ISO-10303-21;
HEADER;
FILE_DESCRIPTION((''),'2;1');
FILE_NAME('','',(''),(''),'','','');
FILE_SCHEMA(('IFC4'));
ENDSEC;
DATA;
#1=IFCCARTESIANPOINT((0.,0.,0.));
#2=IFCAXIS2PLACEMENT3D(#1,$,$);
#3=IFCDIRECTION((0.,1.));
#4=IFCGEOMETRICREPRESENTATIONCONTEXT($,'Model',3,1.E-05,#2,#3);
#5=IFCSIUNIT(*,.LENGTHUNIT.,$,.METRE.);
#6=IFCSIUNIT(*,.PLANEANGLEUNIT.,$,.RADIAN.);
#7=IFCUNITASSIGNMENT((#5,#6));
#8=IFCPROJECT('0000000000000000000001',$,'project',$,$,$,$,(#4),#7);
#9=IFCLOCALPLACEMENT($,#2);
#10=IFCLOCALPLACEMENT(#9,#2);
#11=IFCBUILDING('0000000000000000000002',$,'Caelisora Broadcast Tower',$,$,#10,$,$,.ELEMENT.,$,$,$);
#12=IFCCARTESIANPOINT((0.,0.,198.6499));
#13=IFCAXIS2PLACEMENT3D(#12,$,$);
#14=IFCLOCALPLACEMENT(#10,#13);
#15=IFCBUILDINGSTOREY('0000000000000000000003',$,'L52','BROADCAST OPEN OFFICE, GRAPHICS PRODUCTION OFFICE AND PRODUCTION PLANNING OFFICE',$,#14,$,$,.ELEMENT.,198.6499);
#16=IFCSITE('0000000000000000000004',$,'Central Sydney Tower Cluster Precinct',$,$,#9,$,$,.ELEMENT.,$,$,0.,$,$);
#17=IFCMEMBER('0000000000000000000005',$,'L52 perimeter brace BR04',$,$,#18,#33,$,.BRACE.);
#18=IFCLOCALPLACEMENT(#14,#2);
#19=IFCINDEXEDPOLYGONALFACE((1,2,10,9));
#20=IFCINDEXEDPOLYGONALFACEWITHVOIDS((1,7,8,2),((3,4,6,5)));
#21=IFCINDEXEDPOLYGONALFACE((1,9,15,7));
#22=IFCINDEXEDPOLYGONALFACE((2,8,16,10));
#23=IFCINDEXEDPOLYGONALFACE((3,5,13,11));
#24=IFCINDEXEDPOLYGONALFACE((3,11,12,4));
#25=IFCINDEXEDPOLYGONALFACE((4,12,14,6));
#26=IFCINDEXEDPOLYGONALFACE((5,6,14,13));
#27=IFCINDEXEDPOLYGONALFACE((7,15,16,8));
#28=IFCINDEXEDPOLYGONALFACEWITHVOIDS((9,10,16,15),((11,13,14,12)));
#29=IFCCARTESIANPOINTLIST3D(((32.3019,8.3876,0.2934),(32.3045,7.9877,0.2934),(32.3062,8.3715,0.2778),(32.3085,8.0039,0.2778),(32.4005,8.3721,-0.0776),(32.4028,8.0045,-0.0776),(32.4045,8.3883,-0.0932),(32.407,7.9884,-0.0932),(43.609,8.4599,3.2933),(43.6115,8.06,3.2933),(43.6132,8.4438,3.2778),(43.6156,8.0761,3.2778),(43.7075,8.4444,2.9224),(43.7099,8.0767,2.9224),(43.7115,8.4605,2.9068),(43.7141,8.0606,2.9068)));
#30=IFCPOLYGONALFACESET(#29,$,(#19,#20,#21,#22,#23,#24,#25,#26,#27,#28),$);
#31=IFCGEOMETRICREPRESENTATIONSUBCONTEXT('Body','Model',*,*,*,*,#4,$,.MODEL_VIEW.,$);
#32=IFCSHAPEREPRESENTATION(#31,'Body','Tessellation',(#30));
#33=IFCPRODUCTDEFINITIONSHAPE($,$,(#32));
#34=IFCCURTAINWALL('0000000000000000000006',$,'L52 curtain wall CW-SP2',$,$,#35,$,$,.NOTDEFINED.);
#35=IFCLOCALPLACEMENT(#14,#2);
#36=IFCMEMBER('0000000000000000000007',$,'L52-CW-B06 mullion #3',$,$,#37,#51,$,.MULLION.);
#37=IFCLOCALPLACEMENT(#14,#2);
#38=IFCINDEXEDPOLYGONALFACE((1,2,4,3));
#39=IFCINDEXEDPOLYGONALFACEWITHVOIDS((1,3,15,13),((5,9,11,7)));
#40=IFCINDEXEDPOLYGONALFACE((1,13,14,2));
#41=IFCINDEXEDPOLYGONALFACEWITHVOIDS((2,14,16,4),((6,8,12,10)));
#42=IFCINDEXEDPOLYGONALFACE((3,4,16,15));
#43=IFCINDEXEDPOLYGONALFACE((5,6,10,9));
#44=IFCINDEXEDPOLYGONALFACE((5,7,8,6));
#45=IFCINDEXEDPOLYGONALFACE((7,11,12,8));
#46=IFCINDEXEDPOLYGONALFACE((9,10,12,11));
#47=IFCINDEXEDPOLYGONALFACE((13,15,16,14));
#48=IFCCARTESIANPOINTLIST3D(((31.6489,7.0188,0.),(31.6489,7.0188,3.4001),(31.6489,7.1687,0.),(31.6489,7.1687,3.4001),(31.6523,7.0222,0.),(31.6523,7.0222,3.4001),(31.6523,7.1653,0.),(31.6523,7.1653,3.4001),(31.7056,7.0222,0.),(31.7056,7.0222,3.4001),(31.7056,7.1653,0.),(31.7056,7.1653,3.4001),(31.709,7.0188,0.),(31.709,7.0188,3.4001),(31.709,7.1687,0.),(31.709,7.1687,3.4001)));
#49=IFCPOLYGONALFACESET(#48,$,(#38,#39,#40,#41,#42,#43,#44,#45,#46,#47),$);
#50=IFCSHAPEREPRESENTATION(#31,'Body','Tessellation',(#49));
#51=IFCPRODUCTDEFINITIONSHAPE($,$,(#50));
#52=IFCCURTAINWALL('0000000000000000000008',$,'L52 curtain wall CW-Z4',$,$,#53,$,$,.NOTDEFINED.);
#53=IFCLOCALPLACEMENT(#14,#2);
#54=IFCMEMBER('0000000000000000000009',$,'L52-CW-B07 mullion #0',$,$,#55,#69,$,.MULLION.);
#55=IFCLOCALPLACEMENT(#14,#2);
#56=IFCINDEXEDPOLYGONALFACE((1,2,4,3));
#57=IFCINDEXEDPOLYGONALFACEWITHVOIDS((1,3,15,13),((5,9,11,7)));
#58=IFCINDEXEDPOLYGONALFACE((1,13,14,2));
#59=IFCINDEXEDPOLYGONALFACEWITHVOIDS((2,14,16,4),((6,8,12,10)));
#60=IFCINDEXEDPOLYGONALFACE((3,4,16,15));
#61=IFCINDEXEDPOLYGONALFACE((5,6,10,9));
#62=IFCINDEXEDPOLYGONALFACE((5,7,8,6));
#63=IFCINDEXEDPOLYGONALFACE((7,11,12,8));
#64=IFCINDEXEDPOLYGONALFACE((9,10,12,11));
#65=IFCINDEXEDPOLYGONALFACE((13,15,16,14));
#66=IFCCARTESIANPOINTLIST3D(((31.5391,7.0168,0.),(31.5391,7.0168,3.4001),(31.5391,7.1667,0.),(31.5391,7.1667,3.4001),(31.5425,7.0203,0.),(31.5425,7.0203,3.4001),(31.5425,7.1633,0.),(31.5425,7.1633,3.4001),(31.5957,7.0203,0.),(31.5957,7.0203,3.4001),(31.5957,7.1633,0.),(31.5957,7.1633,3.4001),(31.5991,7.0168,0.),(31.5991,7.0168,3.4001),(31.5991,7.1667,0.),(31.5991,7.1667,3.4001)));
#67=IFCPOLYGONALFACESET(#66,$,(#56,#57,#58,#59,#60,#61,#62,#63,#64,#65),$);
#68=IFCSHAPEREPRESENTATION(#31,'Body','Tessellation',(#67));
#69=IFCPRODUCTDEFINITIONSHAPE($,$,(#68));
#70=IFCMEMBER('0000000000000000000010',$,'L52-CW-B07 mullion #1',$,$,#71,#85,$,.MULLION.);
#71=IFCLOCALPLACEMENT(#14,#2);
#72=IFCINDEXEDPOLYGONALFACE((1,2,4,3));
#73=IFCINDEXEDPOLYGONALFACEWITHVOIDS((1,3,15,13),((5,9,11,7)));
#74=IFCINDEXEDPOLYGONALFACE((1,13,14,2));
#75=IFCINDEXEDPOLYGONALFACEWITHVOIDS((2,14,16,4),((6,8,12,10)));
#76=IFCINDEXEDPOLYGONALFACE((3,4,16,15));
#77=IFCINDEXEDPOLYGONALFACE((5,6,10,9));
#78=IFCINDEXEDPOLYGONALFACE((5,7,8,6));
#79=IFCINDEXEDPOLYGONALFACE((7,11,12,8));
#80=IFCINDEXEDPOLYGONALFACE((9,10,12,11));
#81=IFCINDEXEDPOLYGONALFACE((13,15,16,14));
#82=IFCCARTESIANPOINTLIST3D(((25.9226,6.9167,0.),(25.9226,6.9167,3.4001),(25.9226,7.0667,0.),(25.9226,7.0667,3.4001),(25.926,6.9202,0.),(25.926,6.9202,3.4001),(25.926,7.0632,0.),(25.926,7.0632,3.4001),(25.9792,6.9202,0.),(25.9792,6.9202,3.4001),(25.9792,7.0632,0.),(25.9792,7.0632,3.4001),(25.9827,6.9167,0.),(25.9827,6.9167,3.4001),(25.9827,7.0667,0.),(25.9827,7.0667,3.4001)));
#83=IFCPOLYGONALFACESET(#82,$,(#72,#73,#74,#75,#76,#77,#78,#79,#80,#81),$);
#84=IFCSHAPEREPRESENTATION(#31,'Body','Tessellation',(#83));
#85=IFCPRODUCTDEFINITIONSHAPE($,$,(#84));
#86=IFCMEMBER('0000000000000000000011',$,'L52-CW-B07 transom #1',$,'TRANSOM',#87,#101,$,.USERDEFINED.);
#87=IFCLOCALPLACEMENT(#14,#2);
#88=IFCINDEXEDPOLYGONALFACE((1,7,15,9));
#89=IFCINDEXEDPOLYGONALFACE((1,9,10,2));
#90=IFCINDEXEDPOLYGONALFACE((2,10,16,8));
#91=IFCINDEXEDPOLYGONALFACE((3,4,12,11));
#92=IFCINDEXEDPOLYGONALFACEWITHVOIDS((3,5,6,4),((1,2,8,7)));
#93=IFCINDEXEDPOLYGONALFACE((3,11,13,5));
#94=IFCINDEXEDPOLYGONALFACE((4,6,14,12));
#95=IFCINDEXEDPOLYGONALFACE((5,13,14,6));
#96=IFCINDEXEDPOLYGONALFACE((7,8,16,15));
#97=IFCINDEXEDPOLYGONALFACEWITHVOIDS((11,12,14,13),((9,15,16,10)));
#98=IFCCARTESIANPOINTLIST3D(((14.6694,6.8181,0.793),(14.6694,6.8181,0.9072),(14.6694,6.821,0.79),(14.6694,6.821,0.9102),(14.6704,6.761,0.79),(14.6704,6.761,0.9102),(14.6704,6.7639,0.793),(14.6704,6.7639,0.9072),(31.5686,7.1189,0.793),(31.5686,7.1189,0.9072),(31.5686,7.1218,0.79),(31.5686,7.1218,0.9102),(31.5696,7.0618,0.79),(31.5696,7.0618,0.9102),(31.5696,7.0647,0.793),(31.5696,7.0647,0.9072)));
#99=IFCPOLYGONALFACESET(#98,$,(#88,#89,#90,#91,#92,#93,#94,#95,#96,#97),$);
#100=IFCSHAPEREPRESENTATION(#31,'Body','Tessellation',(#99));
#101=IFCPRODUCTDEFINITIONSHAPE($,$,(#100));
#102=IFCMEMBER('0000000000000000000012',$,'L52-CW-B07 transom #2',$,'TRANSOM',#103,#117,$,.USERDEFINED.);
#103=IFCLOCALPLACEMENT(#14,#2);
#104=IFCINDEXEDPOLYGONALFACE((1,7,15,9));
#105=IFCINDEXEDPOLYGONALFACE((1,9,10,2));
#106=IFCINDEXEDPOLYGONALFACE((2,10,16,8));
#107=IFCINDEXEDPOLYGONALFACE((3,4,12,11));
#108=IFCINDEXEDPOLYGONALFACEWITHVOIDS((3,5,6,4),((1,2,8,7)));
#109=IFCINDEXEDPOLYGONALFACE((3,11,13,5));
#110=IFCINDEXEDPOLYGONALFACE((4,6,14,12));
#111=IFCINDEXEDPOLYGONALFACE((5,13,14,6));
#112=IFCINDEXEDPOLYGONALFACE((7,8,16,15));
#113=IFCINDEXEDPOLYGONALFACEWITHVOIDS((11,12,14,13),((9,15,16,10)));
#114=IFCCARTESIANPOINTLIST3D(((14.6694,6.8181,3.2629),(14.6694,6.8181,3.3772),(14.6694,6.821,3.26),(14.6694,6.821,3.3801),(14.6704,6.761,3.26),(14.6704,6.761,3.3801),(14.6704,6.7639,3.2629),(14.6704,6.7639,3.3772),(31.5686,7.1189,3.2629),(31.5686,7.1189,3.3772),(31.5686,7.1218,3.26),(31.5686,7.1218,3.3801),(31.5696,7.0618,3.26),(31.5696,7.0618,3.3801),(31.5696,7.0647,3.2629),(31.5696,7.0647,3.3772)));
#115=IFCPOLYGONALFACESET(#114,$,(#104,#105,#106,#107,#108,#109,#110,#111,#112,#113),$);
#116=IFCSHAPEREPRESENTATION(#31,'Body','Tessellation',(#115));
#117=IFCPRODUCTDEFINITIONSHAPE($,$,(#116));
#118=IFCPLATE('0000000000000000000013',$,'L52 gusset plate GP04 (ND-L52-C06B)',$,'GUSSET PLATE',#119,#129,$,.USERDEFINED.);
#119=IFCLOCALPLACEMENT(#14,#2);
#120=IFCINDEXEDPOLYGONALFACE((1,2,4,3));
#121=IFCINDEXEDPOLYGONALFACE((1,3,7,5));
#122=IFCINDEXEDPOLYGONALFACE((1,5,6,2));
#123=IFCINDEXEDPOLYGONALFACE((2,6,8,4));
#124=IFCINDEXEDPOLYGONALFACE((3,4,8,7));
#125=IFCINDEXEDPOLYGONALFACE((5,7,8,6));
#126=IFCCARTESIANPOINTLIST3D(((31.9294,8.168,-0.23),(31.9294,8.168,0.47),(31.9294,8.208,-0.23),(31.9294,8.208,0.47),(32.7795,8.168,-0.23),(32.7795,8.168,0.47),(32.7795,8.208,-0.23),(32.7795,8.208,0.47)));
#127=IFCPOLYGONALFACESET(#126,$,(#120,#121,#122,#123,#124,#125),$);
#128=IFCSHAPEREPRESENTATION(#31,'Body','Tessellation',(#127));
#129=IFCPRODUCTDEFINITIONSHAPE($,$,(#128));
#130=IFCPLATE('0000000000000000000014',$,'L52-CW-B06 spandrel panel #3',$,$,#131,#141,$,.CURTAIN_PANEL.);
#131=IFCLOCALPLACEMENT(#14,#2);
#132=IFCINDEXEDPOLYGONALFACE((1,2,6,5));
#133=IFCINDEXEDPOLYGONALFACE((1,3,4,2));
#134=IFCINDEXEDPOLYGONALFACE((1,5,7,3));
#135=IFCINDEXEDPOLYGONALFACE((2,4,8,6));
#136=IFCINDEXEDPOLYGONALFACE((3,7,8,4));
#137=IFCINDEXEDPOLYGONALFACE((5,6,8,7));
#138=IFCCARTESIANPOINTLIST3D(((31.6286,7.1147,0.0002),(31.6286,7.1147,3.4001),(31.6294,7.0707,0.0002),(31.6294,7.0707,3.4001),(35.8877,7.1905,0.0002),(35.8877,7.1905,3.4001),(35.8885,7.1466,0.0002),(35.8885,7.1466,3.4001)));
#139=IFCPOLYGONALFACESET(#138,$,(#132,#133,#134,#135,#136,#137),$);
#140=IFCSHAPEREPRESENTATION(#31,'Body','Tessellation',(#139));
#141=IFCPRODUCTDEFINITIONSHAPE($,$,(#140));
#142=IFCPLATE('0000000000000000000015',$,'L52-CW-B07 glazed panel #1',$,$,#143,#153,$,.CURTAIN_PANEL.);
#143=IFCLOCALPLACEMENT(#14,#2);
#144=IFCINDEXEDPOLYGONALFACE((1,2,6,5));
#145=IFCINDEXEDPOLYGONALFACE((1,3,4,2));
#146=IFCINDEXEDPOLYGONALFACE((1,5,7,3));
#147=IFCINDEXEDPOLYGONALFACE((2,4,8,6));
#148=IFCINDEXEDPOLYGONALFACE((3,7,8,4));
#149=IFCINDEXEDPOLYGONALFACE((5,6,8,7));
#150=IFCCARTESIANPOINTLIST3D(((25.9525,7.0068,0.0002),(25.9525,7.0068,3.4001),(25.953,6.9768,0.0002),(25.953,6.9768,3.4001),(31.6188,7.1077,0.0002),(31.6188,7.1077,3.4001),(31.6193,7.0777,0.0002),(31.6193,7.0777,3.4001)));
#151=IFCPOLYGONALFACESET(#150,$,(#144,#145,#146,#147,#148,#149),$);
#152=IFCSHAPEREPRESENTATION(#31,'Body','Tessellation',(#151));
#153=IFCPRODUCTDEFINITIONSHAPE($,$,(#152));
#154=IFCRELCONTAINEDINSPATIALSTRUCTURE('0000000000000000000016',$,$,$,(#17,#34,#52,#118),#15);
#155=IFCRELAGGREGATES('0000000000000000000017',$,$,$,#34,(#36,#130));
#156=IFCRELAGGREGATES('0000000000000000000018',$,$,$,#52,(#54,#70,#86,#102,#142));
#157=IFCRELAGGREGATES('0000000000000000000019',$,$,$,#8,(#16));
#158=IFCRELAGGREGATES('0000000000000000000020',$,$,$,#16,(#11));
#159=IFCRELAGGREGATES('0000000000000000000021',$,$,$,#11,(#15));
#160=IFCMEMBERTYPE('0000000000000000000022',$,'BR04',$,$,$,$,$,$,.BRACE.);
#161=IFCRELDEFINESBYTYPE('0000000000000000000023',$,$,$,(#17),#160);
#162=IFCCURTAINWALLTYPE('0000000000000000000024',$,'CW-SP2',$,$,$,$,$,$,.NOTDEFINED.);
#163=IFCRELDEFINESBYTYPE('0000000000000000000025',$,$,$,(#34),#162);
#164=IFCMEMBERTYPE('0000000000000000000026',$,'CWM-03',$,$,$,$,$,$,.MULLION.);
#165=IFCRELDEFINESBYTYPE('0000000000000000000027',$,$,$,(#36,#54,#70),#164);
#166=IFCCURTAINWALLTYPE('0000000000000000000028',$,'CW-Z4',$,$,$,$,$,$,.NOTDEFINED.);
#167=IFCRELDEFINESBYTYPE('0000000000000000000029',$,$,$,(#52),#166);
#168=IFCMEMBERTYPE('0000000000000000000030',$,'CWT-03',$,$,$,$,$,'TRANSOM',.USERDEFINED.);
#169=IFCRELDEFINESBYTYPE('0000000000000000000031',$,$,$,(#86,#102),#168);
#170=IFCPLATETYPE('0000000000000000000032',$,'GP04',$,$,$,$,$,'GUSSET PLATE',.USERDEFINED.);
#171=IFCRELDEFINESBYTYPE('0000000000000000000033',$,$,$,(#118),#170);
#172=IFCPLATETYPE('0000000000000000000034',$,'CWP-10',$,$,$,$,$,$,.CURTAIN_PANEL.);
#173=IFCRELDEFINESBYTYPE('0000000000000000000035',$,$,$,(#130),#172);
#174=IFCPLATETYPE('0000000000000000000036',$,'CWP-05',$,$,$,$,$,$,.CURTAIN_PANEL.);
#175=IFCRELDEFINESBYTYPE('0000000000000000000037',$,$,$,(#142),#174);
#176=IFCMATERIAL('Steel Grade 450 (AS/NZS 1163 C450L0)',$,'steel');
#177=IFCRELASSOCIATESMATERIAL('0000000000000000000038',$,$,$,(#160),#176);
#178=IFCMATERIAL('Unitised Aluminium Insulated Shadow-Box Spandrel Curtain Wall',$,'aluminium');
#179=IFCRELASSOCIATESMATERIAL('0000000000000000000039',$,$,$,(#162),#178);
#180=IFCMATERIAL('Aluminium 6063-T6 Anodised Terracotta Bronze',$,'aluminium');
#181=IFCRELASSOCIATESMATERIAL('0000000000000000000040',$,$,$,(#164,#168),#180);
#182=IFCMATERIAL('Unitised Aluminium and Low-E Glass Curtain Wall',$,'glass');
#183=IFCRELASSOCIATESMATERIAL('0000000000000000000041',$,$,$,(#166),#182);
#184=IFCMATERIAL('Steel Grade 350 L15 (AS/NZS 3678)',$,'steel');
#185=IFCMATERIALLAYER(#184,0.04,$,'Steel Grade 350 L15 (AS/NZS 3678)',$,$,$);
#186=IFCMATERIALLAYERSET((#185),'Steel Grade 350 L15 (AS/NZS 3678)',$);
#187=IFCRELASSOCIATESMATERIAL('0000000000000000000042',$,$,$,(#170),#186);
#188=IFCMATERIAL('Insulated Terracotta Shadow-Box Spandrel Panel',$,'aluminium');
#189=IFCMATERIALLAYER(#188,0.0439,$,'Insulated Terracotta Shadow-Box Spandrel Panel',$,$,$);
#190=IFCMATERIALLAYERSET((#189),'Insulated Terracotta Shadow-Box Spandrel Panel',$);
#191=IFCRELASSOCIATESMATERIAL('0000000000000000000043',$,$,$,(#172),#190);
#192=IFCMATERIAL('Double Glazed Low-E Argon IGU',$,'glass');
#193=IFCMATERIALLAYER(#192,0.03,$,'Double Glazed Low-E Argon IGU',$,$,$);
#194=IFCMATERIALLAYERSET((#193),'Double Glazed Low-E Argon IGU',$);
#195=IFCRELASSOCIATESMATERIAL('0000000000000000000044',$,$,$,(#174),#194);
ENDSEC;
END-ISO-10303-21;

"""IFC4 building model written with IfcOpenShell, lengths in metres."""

from ifc_helpers import new_model, si_unit, direction, frame, origin, origin_2d, place, context, subcontext, project, spatial, rectangle, hollow_rectangle, extrude, source, transform, mapped, material, layer, layer_set, material_profile, profile_set, type_object, type_shapes, element, aggregate, save


model = new_model("IFC4")

# Units and contexts
model_context = context("Model", 3, precision=1e-05, world=origin(), true_north=direction((0.0, 1.0)))
body_context = subcontext(model_context, "Body", "Model", "MODEL_VIEW")
ifc_project = project(units=[si_unit("LENGTHUNIT", "METRE"), si_unit("PLANEANGLEUNIT", "RADIAN")], contexts=[model_context])

# Site, building, storey
site_placement = place(None, origin())
site = spatial("IfcSite", under=ifc_project, at=site_placement, Name="Central Sydney Tower Cluster Precinct", CompositionType="ELEMENT", RefElevation=0.0)
building_placement = place(site_placement, origin())
building = spatial("IfcBuilding", under=site, at=building_placement, Name="Caelisora Broadcast Tower", CompositionType="ELEMENT")
storey_placement = place(building_placement, frame((0.0, 0.0, 198.6499)))
storey = spatial("IfcBuildingStorey", under=building, at=storey_placement, Name="L52", Description="BROADCAST OPEN OFFICE, GRAPHICS PRODUCTION OFFICE AND PRODUCTION PLANNING OFFICE", CompositionType="ELEMENT", Elevation=198.6499)

# Shared definitions
ifc_material_1 = material(Name="Steel Grade 350 L15 (AS/NZS 3678)", Category="steel")

# Member
ifc_material_2 = material(Name="Steel Grade 450 (AS/NZS 1163 C450L0)", Category="steel")
ifc_material_profile_1 = material_profile(ifc_material_2, hollow_rectangle(XDim=0.3999, YDim=0.3999, WallThickness=0.0161, at=origin_2d()), Name="Steel Grade 450 (AS/NZS 1163 C450L0)")
ifc_profile_set_1 = profile_set([ifc_material_profile_1], Name="Steel Grade 450 (AS/NZS 1163 C450L0)")
member_type_1 = type_object("IfcMemberType", Name="BR04", PredefinedType="BRACE", material=ifc_profile_set_1)
shared_shape_1 = source(origin(), body_context, "Body", "SweptSolid", [
    extrude(hollow_rectangle(XDim=0.3999, YDim=0.3999, WallThickness=0.0161, at=origin_2d()), origin(), (0.0, 0.0, 1.0), 11.6985),
])
type_shapes(member_type_1, [shared_shape_1])
member_1_placement = place(storey_placement, frame((32.3545, 8.188, 0.1001), z_axis=(0.96654, 0.006177, 0.256442), x_axis=(-0.006391, 0.99998, 0.0)))
element("IfcMember", 1, at=member_1_placement, inside=storey, type_object=member_type_1, Name="L52 perimeter brace BR04", PredefinedType="BRACE", context=body_context, shape_type="MappedRepresentation", body=[
    mapped(shared_shape_1, transform((0.0, 0.0, 0.0), scale=1.0)),
])

# Curtain wall, member
ifc_material_3 = material(Name="Unitised Aluminium Insulated Shadow-Box Spandrel Curtain Wall", Category="aluminium")
curtain_wall_type_1 = type_object("IfcCurtainWallType", Name="CW-SP2", PredefinedType="NOTDEFINED", material=ifc_material_3)
curtain_wall_1_placement = place(storey_placement, origin())
curtain_wall_1 = element("IfcCurtainWall", 2, at=curtain_wall_1_placement, inside=storey, type_object=curtain_wall_type_1, Name="L52 curtain wall CW-SP2", PredefinedType="NOTDEFINED")
ifc_material_4 = material(Name="Aluminium 6063-T6 Anodised Terracotta Bronze", Category="aluminium")
ifc_material_profile_2 = material_profile(ifc_material_4, hollow_rectangle(XDim=0.0601, YDim=0.1499, WallThickness=0.0034, at=origin_2d()), Name="Aluminium 6063-T6 Anodised Terracotta Bronze")
ifc_profile_set_2 = profile_set([ifc_material_profile_2], Name="Aluminium 6063-T6 Anodised Terracotta Bronze")
member_type_2 = type_object("IfcMemberType", Name="CWM-03", PredefinedType="MULLION", material=ifc_profile_set_2)
shared_shape_2 = source(origin(), body_context, "Body", "SweptSolid", [
    extrude(hollow_rectangle(XDim=0.0601, YDim=0.1499, WallThickness=0.0034, at=origin_2d()), origin(), (0.0, 0.0, 1.0), 3.4001),
])
type_shapes(member_type_2, [shared_shape_2])
member_2_placement = place(storey_placement, frame((31.679, 7.0938, 0.0), z_axis=(0.0, 0.0, 1.0), x_axis=(1.0, 0.0, 0.0)))
member_2 = element("IfcMember", 3, at=member_2_placement, type_object=member_type_2, Name="L52-CW-B06 mullion #3", PredefinedType="MULLION", context=body_context, shape_type="MappedRepresentation", body=[
    mapped(shared_shape_2, transform((0.0, 0.0, 0.0), scale=1.0)),
])

# Curtain wall, members
ifc_material_5 = material(Name="Unitised Aluminium and Low-E Glass Curtain Wall", Category="glass")
curtain_wall_type_2 = type_object("IfcCurtainWallType", Name="CW-Z4", PredefinedType="NOTDEFINED", material=ifc_material_5)
curtain_wall_2_placement = place(storey_placement, origin())
curtain_wall_2 = element("IfcCurtainWall", 4, at=curtain_wall_2_placement, inside=storey, type_object=curtain_wall_type_2, Name="L52 curtain wall CW-Z4", PredefinedType="NOTDEFINED")
member_3_placement = place(storey_placement, frame((31.5691, 7.0918, 0.0), z_axis=(0.0, 0.0, 1.0), x_axis=(1.0, 0.0, 0.0)))
member_3 = element("IfcMember", 5, at=member_3_placement, type_object=member_type_2, Name="L52-CW-B07 mullion #0", PredefinedType="MULLION", context=body_context, shape_type="MappedRepresentation", body=[
    mapped(shared_shape_2, transform((0.0, 0.0, 0.0), scale=1.0)),
])
member_4_placement = place(storey_placement, frame((25.9526, 6.9917, 0.0), z_axis=(0.0, 0.0, 1.0), x_axis=(1.0, 0.0, 0.0)))
member_4 = element("IfcMember", 6, at=member_4_placement, type_object=member_type_2, Name="L52-CW-B07 mullion #1", PredefinedType="MULLION", context=body_context, shape_type="MappedRepresentation", body=[
    mapped(shared_shape_2, transform((0.0, 0.0, 0.0), scale=1.0)),
])
ifc_material_profile_3 = material_profile(ifc_material_4, hollow_rectangle(XDim=0.0601, YDim=0.1201, WallThickness=0.0029, at=origin_2d()), Name="Aluminium 6063-T6 Anodised Terracotta Bronze")
ifc_profile_set_3 = profile_set([ifc_material_profile_3], Name="Aluminium 6063-T6 Anodised Terracotta Bronze")
member_type_3 = type_object("IfcMemberType", Name="CWT-03", ElementType="TRANSOM", PredefinedType="USERDEFINED", material=ifc_profile_set_3)
shared_shape_3 = source(origin(), body_context, "Body", "SweptSolid", [
    extrude(hollow_rectangle(XDim=0.0601, YDim=0.1201, WallThickness=0.0029, at=origin_2d()), origin(), (0.0, 0.0, 1.0), 16.9019),
])
type_shapes(member_type_3, [shared_shape_3])
member_5_placement = place(storey_placement, frame((31.5691, 7.0918, 0.8501), z_axis=(-0.999842, -0.017796, 0.0), x_axis=(0.017796, -0.999842, 0.0)))
member_5 = element("IfcMember", 7, at=member_5_placement, type_object=member_type_3, Name="L52-CW-B07 transom #1", ObjectType="TRANSOM", PredefinedType="USERDEFINED", context=body_context, shape_type="MappedRepresentation", body=[
    mapped(shared_shape_3, transform((0.0, 0.0, 0.0), scale=1.0)),
])
member_6_placement = place(storey_placement, frame((31.5691, 7.0918, 3.3201), z_axis=(-0.999842, -0.017796, 0.0), x_axis=(0.017796, -0.999842, 0.0)))
member_6 = element("IfcMember", 8, at=member_6_placement, type_object=member_type_3, Name="L52-CW-B07 transom #2", ObjectType="TRANSOM", PredefinedType="USERDEFINED", context=body_context, shape_type="MappedRepresentation", body=[
    mapped(shared_shape_3, transform((0.0, 0.0, 0.0), scale=1.0)),
])

# Plates
ifc_layer_1 = layer(ifc_material_1, 0.04, Name="Steel Grade 350 L15 (AS/NZS 3678)")
ifc_layer_set_1 = layer_set([ifc_layer_1], Name="Steel Grade 350 L15 (AS/NZS 3678)")
plate_type_1 = type_object("IfcPlateType", Name="GP04", ElementType="GUSSET PLATE", PredefinedType="USERDEFINED", material=ifc_layer_set_1)
shared_shape_4 = source(origin(), body_context, "Body", "SweptSolid", [
    extrude(rectangle(XDim=0.8501, YDim=0.04, at=origin_2d()), origin(), (0.0, 0.0, 1.0), 0.7),
])
type_shapes(plate_type_1, [shared_shape_4])
plate_1_placement = place(storey_placement, frame((32.3545, 8.188, -0.23), z_axis=(0.0, 0.0, 1.0), x_axis=(1.0, 0.0, 0.0)))
element("IfcPlate", 9, at=plate_1_placement, inside=storey, type_object=plate_type_1, Name="L52 gusset plate GP04 (ND-L52-C06B)", ObjectType="GUSSET PLATE", PredefinedType="USERDEFINED", context=body_context, shape_type="MappedRepresentation", body=[
    mapped(shared_shape_4, transform((0.0, 0.0, 0.0), scale=1.0)),
])
ifc_material_6 = material(Name="Insulated Terracotta Shadow-Box Spandrel Panel", Category="aluminium")
ifc_layer_2 = layer(ifc_material_6, 0.0439, Name="Insulated Terracotta Shadow-Box Spandrel Panel")
ifc_layer_set_2 = layer_set([ifc_layer_2], Name="Insulated Terracotta Shadow-Box Spandrel Panel")
plate_type_2 = type_object("IfcPlateType", Name="CWP-10", PredefinedType="CURTAIN_PANEL", material=ifc_layer_set_2)
shared_shape_5 = source(origin(), body_context, "Body", "SweptSolid", [
    extrude(rectangle(XDim=4.2598, YDim=0.0439, at=origin_2d()), origin(), (0.0, 0.0, 1.0), 3.3999),
])
type_shapes(plate_type_2, [shared_shape_5])
plate_2_placement = place(storey_placement, frame((33.7585, 7.1306, 0.0002), z_axis=(0.0, 0.0, 1.0), x_axis=(-0.999842, -0.017801, 0.0)))
plate_2 = element("IfcPlate", 10, at=plate_2_placement, type_object=plate_type_2, Name="L52-CW-B06 spandrel panel #3", PredefinedType="CURTAIN_PANEL", context=body_context, shape_type="MappedRepresentation", body=[
    mapped(shared_shape_5, transform((0.0, 0.0, 0.0), scale=1.0)),
])
aggregate(curtain_wall_1, [member_2, plate_2])
ifc_material_7 = material(Name="Double Glazed Low-E Argon IGU", Category="glass")
ifc_layer_3 = layer(ifc_material_7, 0.03, Name="Double Glazed Low-E Argon IGU")
ifc_layer_set_3 = layer_set([ifc_layer_3], Name="Double Glazed Low-E Argon IGU")
plate_type_3 = type_object("IfcPlateType", Name="CWP-05", PredefinedType="CURTAIN_PANEL", material=ifc_layer_set_3)
shared_shape_6 = source(origin(), body_context, "Body", "SweptSolid", [
    extrude(rectangle(XDim=5.6672, YDim=0.03, at=origin_2d()), origin(), (0.0, 0.0, 1.0), 3.3999),
])
type_shapes(plate_type_3, [shared_shape_6])
plate_3_placement = place(storey_placement, frame((28.7859, 7.0422, 0.0002), z_axis=(0.0, 0.0, 1.0), x_axis=(-0.999842, -0.017801, 0.0)))
plate_3 = element("IfcPlate", 11, at=plate_3_placement, type_object=plate_type_3, Name="L52-CW-B07 glazed panel #1", PredefinedType="CURTAIN_PANEL", context=body_context, shape_type="MappedRepresentation", body=[
    mapped(shared_shape_6, transform((0.0, 0.0, 0.0), scale=1.0)),
])
aggregate(curtain_wall_2, [member_3, member_4, member_5, member_6, plate_3])

save(model, "model.ifc")
